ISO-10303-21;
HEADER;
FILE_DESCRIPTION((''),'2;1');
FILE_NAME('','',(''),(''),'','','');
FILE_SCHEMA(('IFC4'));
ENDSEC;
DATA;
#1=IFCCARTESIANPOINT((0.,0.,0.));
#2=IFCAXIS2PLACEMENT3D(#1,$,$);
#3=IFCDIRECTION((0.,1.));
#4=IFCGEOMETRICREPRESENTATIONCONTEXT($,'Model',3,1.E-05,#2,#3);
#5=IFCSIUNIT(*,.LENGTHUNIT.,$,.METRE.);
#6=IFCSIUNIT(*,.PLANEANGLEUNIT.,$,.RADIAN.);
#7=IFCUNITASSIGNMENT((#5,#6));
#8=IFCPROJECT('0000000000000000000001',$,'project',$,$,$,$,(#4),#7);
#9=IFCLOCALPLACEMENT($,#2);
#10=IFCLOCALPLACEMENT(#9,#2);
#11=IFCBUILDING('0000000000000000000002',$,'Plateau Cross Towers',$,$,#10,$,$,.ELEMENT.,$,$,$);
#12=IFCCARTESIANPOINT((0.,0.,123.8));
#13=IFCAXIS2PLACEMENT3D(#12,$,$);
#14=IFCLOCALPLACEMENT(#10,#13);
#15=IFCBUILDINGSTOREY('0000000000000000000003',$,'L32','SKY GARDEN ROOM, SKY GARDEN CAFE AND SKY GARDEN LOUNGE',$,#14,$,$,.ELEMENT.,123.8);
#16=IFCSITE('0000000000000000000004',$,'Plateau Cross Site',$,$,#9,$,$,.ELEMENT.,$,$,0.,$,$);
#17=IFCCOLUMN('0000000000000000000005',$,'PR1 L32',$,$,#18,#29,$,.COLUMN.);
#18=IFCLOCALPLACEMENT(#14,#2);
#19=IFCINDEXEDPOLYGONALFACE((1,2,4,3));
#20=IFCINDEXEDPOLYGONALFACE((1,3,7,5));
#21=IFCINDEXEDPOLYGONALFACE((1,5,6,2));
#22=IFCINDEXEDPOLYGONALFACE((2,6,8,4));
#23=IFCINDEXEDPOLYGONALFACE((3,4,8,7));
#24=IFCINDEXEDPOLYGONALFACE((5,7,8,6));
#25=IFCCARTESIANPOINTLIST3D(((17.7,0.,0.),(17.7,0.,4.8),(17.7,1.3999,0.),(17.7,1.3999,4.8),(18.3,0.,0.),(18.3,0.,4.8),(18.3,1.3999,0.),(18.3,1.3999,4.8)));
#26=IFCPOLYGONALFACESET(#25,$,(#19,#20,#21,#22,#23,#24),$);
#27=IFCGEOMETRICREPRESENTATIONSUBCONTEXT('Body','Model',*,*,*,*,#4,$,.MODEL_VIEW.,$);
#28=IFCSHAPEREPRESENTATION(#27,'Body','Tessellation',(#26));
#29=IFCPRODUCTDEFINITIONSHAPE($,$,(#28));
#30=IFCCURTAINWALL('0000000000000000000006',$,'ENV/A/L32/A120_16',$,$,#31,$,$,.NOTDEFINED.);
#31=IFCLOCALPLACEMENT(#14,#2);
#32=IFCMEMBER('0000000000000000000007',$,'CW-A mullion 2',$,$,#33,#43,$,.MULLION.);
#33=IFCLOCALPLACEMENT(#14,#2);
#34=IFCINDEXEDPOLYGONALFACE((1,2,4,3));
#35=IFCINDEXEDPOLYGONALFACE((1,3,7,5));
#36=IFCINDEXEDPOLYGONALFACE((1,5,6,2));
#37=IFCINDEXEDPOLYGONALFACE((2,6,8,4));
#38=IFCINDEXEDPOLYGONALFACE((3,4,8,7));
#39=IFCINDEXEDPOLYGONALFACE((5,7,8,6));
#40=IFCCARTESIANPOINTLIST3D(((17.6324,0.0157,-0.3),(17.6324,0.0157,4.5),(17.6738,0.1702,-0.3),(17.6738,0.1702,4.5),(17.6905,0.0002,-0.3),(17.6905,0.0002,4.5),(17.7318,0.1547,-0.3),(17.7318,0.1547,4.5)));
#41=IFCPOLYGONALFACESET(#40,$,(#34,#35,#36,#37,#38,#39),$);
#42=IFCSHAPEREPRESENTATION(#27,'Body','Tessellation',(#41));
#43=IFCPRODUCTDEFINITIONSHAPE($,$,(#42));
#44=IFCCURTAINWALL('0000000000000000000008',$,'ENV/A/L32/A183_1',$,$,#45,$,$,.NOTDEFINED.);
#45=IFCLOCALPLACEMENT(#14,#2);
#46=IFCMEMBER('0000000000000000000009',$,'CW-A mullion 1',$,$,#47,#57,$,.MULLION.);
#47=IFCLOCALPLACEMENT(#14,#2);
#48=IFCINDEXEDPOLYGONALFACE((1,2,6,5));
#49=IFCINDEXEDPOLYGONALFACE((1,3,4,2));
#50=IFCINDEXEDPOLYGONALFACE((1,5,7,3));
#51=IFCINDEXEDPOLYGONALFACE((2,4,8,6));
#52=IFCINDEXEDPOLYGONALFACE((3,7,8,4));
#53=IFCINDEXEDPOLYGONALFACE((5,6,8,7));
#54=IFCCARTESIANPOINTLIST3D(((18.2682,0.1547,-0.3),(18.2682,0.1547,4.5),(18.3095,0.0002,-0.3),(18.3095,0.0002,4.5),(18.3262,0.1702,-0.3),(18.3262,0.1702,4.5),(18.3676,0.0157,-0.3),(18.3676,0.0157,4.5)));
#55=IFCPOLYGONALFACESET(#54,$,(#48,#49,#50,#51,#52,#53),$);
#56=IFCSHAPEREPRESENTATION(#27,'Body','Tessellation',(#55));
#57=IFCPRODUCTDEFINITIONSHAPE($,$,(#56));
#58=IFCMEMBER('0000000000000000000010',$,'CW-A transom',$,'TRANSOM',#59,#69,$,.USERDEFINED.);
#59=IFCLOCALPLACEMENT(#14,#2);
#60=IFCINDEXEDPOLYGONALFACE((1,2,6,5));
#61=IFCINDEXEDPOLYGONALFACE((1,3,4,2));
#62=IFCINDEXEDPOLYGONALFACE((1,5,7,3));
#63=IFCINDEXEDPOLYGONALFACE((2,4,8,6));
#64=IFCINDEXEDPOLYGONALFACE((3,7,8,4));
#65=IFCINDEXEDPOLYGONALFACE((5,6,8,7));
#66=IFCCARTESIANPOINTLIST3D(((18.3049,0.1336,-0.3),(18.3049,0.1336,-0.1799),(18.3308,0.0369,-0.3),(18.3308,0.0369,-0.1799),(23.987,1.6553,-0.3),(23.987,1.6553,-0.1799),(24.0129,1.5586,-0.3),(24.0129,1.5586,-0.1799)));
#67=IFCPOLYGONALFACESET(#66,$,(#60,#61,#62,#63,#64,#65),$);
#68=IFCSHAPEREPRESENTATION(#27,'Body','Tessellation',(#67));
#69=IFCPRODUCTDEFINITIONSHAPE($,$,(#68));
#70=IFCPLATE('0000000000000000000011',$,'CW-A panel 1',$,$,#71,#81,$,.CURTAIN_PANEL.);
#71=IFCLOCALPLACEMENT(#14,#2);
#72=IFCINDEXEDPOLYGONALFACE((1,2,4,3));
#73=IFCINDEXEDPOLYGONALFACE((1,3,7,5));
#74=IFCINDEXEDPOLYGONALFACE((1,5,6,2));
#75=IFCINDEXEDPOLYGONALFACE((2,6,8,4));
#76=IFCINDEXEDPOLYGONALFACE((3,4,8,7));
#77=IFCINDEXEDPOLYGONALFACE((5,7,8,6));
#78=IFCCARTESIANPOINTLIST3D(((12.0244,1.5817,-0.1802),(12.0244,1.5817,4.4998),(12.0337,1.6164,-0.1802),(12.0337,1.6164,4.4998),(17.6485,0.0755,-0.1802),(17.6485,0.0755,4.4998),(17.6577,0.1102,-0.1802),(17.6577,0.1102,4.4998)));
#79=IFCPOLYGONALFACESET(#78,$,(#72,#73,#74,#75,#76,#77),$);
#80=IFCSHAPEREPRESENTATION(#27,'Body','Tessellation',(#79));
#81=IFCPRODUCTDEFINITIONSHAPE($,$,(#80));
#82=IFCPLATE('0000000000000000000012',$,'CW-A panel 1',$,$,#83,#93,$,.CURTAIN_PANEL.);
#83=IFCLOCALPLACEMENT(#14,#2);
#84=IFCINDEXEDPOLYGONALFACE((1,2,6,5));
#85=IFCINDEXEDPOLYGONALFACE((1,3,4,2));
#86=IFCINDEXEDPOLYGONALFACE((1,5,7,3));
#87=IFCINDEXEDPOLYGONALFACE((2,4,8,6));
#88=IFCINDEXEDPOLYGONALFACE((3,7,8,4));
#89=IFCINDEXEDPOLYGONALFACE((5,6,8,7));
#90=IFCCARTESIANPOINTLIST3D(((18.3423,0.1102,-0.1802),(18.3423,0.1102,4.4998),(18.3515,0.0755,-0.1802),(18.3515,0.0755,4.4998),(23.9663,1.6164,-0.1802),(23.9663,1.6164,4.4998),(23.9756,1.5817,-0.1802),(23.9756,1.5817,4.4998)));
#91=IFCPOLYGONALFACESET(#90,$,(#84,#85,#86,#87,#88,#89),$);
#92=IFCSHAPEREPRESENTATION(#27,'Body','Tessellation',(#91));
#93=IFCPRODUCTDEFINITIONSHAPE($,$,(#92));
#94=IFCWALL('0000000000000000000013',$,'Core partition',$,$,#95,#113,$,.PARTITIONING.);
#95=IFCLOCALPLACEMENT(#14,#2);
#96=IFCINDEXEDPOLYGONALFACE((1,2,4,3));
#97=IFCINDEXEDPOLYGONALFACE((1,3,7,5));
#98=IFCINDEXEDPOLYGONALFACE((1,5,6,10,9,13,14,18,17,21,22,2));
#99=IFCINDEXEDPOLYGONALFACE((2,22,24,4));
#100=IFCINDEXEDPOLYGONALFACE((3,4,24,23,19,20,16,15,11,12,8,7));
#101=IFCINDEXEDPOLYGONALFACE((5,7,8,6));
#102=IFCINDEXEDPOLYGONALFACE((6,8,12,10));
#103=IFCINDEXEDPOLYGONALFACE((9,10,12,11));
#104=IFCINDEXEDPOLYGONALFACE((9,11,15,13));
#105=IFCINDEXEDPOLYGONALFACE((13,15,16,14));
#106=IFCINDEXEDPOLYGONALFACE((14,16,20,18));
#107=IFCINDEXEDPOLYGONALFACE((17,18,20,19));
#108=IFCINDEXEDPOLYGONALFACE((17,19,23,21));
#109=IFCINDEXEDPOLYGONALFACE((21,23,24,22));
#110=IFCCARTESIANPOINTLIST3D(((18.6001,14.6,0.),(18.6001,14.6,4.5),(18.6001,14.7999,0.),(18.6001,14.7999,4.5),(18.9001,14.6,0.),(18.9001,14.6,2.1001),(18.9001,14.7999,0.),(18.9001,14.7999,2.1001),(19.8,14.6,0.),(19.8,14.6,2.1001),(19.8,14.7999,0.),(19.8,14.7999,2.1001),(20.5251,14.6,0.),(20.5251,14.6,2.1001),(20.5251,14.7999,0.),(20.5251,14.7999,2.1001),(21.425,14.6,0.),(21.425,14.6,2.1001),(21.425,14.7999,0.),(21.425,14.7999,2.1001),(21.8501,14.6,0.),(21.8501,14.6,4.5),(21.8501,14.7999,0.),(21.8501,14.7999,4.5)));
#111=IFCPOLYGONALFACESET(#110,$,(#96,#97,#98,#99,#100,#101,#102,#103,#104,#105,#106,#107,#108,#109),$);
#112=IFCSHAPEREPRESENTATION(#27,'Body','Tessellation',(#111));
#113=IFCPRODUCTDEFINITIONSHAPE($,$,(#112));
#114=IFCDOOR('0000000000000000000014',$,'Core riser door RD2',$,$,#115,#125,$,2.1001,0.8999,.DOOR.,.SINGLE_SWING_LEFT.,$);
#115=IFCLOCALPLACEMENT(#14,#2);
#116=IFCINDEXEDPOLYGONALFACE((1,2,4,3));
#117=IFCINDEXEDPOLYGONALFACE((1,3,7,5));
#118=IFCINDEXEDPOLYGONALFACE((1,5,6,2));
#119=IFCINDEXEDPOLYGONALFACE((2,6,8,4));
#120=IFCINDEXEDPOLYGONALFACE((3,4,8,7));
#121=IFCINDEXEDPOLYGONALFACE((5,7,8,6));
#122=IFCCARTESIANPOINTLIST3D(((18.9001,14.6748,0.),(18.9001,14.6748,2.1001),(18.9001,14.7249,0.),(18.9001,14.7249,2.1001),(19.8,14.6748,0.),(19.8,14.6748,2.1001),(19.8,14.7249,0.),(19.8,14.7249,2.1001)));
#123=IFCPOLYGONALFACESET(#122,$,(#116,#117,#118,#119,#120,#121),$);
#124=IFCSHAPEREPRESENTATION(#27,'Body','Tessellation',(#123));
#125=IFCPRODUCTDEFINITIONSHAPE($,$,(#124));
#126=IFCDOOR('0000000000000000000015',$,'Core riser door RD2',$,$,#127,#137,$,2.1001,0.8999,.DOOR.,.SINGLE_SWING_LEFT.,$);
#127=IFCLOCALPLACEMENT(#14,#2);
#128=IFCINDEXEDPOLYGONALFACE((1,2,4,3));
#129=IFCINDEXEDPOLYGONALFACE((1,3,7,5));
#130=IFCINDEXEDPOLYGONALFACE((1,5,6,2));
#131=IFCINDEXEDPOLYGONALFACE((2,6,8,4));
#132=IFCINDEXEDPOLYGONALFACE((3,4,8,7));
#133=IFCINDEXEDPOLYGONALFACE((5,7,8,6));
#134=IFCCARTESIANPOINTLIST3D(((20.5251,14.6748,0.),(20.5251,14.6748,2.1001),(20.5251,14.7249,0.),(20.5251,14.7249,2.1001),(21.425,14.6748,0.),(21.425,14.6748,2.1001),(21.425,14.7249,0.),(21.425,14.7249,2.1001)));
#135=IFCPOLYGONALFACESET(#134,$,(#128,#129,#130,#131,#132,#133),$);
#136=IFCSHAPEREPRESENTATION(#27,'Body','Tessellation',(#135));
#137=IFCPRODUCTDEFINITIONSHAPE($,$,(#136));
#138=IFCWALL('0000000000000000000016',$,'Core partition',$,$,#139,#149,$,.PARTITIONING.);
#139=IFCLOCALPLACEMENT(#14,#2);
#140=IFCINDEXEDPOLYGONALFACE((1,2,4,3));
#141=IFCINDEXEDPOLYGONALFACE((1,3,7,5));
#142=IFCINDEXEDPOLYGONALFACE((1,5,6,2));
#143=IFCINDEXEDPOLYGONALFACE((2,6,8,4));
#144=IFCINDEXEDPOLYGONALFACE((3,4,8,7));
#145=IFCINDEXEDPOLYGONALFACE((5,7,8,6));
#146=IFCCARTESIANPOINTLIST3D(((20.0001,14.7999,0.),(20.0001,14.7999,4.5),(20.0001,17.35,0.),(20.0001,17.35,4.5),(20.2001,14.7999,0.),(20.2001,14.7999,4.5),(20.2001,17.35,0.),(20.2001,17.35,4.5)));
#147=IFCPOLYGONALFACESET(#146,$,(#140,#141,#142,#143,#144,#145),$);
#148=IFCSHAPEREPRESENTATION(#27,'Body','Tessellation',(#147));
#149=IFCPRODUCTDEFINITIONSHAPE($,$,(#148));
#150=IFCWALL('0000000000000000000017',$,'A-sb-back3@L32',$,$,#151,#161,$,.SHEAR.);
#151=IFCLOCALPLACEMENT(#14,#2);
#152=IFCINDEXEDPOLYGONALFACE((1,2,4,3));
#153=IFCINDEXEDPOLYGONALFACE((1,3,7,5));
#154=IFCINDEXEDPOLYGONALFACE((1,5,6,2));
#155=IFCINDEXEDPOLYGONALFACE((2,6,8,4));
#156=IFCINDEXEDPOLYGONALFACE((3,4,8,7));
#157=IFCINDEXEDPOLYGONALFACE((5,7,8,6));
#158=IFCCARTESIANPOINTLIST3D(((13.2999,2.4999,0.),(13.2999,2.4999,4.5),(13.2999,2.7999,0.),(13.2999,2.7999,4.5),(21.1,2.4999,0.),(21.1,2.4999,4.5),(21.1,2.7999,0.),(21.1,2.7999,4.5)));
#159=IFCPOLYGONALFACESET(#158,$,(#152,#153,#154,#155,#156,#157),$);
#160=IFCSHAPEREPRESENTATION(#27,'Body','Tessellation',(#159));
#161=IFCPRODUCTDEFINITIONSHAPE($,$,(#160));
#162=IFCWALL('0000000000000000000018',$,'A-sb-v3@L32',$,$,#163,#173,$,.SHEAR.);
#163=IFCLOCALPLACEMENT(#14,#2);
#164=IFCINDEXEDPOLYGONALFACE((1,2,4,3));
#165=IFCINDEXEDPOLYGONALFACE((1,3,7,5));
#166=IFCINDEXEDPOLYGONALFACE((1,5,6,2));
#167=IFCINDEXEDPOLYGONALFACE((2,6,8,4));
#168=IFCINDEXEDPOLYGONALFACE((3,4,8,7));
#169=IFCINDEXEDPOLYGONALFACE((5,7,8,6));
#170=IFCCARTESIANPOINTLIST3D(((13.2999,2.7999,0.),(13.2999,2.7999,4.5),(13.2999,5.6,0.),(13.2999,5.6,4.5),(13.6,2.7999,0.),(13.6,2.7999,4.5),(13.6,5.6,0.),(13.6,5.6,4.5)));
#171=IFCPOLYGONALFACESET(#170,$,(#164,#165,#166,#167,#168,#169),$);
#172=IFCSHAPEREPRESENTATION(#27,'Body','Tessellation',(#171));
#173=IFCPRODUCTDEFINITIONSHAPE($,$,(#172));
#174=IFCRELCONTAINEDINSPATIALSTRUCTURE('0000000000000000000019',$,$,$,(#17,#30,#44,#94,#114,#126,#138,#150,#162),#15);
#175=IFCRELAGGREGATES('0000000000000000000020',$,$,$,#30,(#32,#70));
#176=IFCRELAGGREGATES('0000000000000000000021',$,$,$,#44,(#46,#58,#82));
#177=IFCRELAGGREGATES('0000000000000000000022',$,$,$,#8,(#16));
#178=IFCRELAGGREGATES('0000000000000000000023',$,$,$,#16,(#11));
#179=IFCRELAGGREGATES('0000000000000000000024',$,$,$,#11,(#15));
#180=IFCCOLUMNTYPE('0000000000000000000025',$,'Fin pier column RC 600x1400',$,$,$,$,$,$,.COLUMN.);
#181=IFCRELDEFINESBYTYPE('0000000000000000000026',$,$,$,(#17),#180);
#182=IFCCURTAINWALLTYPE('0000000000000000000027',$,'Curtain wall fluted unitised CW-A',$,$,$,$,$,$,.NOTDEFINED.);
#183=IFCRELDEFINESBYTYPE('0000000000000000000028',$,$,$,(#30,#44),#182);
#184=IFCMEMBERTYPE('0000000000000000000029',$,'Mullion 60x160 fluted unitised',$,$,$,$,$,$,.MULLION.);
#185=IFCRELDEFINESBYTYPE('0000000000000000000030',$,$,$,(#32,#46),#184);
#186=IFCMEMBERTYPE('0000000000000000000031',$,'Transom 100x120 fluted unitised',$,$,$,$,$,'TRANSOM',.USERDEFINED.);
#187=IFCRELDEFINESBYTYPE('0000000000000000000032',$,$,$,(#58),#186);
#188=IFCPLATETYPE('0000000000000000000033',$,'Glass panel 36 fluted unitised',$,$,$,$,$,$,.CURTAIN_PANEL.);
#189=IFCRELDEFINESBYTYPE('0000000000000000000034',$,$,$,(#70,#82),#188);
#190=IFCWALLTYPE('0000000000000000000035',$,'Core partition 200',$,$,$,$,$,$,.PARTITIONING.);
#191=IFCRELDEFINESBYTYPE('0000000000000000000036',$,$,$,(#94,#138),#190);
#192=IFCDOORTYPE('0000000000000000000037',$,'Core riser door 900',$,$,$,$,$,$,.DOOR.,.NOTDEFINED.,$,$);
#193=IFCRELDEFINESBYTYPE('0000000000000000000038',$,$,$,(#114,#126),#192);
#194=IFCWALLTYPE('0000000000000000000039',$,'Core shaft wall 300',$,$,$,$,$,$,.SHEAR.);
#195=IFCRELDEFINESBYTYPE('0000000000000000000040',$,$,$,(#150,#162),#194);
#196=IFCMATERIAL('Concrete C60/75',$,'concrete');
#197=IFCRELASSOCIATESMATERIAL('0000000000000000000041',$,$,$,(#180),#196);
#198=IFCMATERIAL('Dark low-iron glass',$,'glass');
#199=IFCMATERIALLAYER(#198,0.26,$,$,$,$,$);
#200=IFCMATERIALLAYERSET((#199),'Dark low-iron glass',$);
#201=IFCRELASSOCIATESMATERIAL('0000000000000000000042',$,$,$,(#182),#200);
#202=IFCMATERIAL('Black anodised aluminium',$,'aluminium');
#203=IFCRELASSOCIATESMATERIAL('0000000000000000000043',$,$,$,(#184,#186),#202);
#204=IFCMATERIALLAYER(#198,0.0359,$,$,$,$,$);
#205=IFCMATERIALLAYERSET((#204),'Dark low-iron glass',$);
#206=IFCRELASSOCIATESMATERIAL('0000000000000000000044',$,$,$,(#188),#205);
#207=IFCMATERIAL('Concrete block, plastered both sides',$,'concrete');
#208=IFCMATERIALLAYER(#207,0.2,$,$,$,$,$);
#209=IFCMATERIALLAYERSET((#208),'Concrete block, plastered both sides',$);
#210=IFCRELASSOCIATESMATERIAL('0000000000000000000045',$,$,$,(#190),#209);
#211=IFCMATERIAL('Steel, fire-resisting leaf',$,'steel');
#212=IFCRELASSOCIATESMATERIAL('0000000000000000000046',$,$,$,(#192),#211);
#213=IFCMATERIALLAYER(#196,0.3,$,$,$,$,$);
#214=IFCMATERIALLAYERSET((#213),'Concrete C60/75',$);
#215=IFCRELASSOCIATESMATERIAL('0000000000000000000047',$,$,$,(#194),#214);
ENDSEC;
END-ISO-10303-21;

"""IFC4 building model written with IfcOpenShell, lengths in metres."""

from ifc_helpers import new_model, si_unit, direction, frame, frame_2d, origin, origin_2d, place, context, subcontext, project, spatial, rectangle, extrude, material, layer, layer_set, material_profile, profile_set, type_object, element, fill, aggregate, save


model = new_model("IFC4")

# Units and contexts
model_context = context("Model", 3, precision=1e-05, world=origin(), true_north=direction((0.0, 1.0)))
body_context = subcontext(model_context, "Body", "Model", "MODEL_VIEW")
ifc_project = project(units=[si_unit("LENGTHUNIT", "METRE"), si_unit("PLANEANGLEUNIT", "RADIAN")], contexts=[model_context])

# Site, building, storey
site_placement = place(None, origin())
site = spatial("IfcSite", under=ifc_project, at=site_placement, Name="Plateau Cross Site", CompositionType="ELEMENT", RefElevation=0.0)
building_placement = place(site_placement, origin())
building = spatial("IfcBuilding", under=site, at=building_placement, Name="Plateau Cross Towers", CompositionType="ELEMENT")
storey_placement = place(building_placement, frame((0.0, 0.0, 123.8)))
storey = spatial("IfcBuildingStorey", under=building, at=storey_placement, Name="L32", Description="SKY GARDEN ROOM, SKY GARDEN CAFE AND SKY GARDEN LOUNGE", CompositionType="ELEMENT", Elevation=123.8)

# Column
ifc_material_1 = material(Name="Concrete C60/75", Category="concrete")
ifc_material_profile_1 = material_profile(ifc_material_1, rectangle(XDim=0.6001, YDim=1.3999, at=origin_2d()), Name="RC 600x1400")
ifc_profile_set_1 = profile_set([ifc_material_profile_1], Name="Concrete C60/75")
column_type = type_object("IfcColumnType", Name="Fin pier column RC 600x1400", PredefinedType="COLUMN", material=ifc_profile_set_1)
column_placement = place(storey_placement, frame((18.0, 0.7, 0.0), z_axis=(0.0, 0.0, 1.0), x_axis=(1.0, 0.0, 0.0)))
element("IfcColumn", 1, at=column_placement, inside=storey, type_object=column_type, Name="PR1 L32", PredefinedType="COLUMN", context=body_context, shape_type="SweptSolid", body=[
    extrude(rectangle(XDim=0.6001, YDim=1.3999, at=origin_2d()), origin(), (0.0, 0.0, 1.0), 4.8),
])

# Curtain wall, member
ifc_material_2 = material(Name="Dark low-iron glass", Category="glass")
ifc_layer_1 = layer(ifc_material_2, 0.26)
ifc_layer_set_1 = layer_set([ifc_layer_1], Name="Dark low-iron glass")
curtain_wall_type = type_object("IfcCurtainWallType", Name="Curtain wall fluted unitised CW-A", PredefinedType="NOTDEFINED", material=ifc_layer_set_1)
curtain_wall_1_placement = place(storey_placement, origin())
curtain_wall_1 = element("IfcCurtainWall", 2, at=curtain_wall_1_placement, inside=storey, type_object=curtain_wall_type, Name="ENV/A/L32/A120_16", PredefinedType="NOTDEFINED")
ifc_material_3 = material(Name="Black anodised aluminium", Category="aluminium")
ifc_material_profile_2 = material_profile(ifc_material_3, rectangle(XDim=0.0601, YDim=0.1599, at=origin_2d()), Name="MULLION 60x160")
ifc_profile_set_2 = profile_set([ifc_material_profile_2], Name="Black anodised aluminium")
member_type_1 = type_object("IfcMemberType", Name="Mullion 60x160 fluted unitised", PredefinedType="MULLION", material=ifc_profile_set_2)
member_1_placement = place(storey_placement, frame((17.6821, 0.0852, -0.3), z_axis=(0.0, 0.0, 1.0), x_axis=(0.965958, -0.258699, 0.0)))
member_1 = element("IfcMember", 3, at=member_1_placement, type_object=member_type_1, Name="CW-A mullion 2", PredefinedType="MULLION", context=body_context, shape_type="SweptSolid", body=[
    extrude(rectangle(XDim=0.0601, YDim=0.1599, at=origin_2d()), origin(), (0.0, 0.0, 1.0), 4.8),
])

# Curtain wall, members
curtain_wall_2_placement = place(storey_placement, origin())
curtain_wall_2 = element("IfcCurtainWall", 4, at=curtain_wall_2_placement, inside=storey, type_object=curtain_wall_type, Name="ENV/A/L32/A183_1", PredefinedType="NOTDEFINED")
member_2_placement = place(storey_placement, frame((18.3179, 0.0852, -0.3), z_axis=(0.0, 0.0, 1.0), x_axis=(0.965958, 0.258699, 0.0)))
member_2 = element("IfcMember", 5, at=member_2_placement, type_object=member_type_1, Name="CW-A mullion 1", PredefinedType="MULLION", context=body_context, shape_type="SweptSolid", body=[
    extrude(rectangle(XDim=0.0601, YDim=0.1599, at=origin_2d()), origin(), (0.0, 0.0, 1.0), 4.8),
])
ifc_material_profile_3 = material_profile(ifc_material_3, rectangle(XDim=0.1001, YDim=0.1201, at=origin_2d()), Name="TRANSOM 100x120")
ifc_profile_set_3 = profile_set([ifc_material_profile_3], Name="Black anodised aluminium")
member_type_2 = type_object("IfcMemberType", Name="Transom 100x120 fluted unitised", ElementType="TRANSOM", PredefinedType="USERDEFINED", material=ifc_profile_set_3)
member_3_placement = place(storey_placement, frame((18.3179, 0.0852, -0.24), z_axis=(0.96596, 0.258693, 0.0), x_axis=(-0.258693, 0.96596, 0.0)))
member_3 = element("IfcMember", 6, at=member_3_placement, type_object=member_type_2, Name="CW-A transom", ObjectType="TRANSOM", PredefinedType="USERDEFINED", context=body_context, shape_type="SweptSolid", body=[
    extrude(rectangle(XDim=0.1001, YDim=0.1201, at=origin_2d()), origin(), (0.0, 0.0, 1.0), 5.8823),
])

# Plates
ifc_layer_2 = layer(ifc_material_2, 0.0359)
ifc_layer_set_2 = layer_set([ifc_layer_2], Name="Dark low-iron glass")
plate_type = type_object("IfcPlateType", Name="Glass panel 36 fluted unitised", PredefinedType="CURTAIN_PANEL", material=ifc_layer_set_2)
plate_1_placement = place(storey_placement, frame((14.8411, 0.8459, -0.1802), z_axis=(0.0, 0.0, 1.0), x_axis=(0.965958, -0.258699, 0.0)))
plate_1 = element("IfcPlate", 7, at=plate_1_placement, type_object=plate_type, Name="CW-A panel 1", PredefinedType="CURTAIN_PANEL", context=body_context, shape_type="SweptSolid", body=[
    extrude(rectangle(XDim=5.8223, YDim=0.0359, at=origin_2d()), origin(), (0.0, 0.0, 1.0), 4.6799),
])
aggregate(curtain_wall_1, [member_1, plate_1])
plate_2_placement = place(storey_placement, frame((21.1589, 0.8459, -0.1802), z_axis=(0.0, 0.0, 1.0), x_axis=(0.965958, 0.258699, 0.0)))
plate_2 = element("IfcPlate", 8, at=plate_2_placement, type_object=plate_type, Name="CW-A panel 1", PredefinedType="CURTAIN_PANEL", context=body_context, shape_type="SweptSolid", body=[
    extrude(rectangle(XDim=5.8223, YDim=0.0359, at=origin_2d()), origin(), (0.0, 0.0, 1.0), 4.6799),
])
aggregate(curtain_wall_2, [member_2, member_3, plate_2])

# Wall, openings, doors
ifc_material_4 = material(Name="Concrete block, plastered both sides", Category="concrete")
ifc_layer_3 = layer(ifc_material_4, 0.2)
ifc_layer_set_3 = layer_set([ifc_layer_3], Name="Concrete block, plastered both sides")
wall_type_1 = type_object("IfcWallType", Name="Core partition 200", PredefinedType="PARTITIONING", material=ifc_layer_set_3)
wall_1_placement = place(storey_placement, frame((18.6001, 14.7, 0.0), z_axis=(0.0, 0.0, 1.0), x_axis=(1.0, 0.0, 0.0)))
wall_1 = element("IfcWall", 9, at=wall_1_placement, inside=storey, type_object=wall_type_1, Name="Core partition", PredefinedType="PARTITIONING", context=body_context, shape_type="SweptSolid", body=[
    extrude(rectangle(XDim=3.25, YDim=0.2, at=frame_2d((1.625, 0.0))), origin(), (0.0, 0.0, 1.0), 4.5),
])
opening_1_placement = place(wall_1_placement, frame((0.3, 0.0, 0.0)))
opening_1 = element("IfcOpeningElement", 10, at=opening_1_placement, cuts=wall_1, PredefinedType="OPENING", context=body_context, shape_type="SweptSolid", body=[
    extrude(rectangle(XDim=0.8999, YDim=2.1001, at=frame_2d((0.45, 1.05))), frame((0.0, 0.1099, 0.0), z_axis=(0.0, -1.0, 0.0), x_axis=(1.0, 0.0, 0.0)), (0.0, 0.0, 1.0), 0.22),
])
opening_2_placement = place(wall_1_placement, frame((1.925, 0.0, 0.0)))
opening_2 = element("IfcOpeningElement", 11, at=opening_2_placement, cuts=wall_1, PredefinedType="OPENING", context=body_context, shape_type="SweptSolid", body=[
    extrude(rectangle(XDim=0.8999, YDim=2.1001, at=frame_2d((0.45, 1.05))), frame((0.0, 0.1099, 0.0), z_axis=(0.0, -1.0, 0.0), x_axis=(1.0, 0.0, 0.0)), (0.0, 0.0, 1.0), 0.22),
])
ifc_material_5 = material(Name="Steel, fire-resisting leaf", Category="steel")
door_type_1 = type_object("IfcDoorType", Name="Core riser door 900", OperationType="NOTDEFINED", PredefinedType="DOOR", material=ifc_material_5)
door_1_placement = place(opening_1_placement, origin())
door_1 = element("IfcDoor", 12, at=door_1_placement, inside=storey, type_object=door_type_1, Name="Core riser door RD2", OperationType="SINGLE_SWING_LEFT", OverallHeight=2.1001, OverallWidth=0.8999, PredefinedType="DOOR", context=body_context, shape_type="SweptSolid", body=[
    extrude(rectangle(XDim=0.8999, YDim=2.1001, at=frame_2d((0.45, 1.05))), frame((0.0, 0.0249, 0.0), z_axis=(0.0, -1.0, 0.0), x_axis=(1.0, 0.0, 0.0)), (0.0, 0.0, 1.0), 0.05),
])
fill(opening_1, door_1)
door_2_placement = place(opening_2_placement, origin())
door_2 = element("IfcDoor", 13, at=door_2_placement, inside=storey, type_object=door_type_1, Name="Core riser door RD2", OperationType="SINGLE_SWING_LEFT", OverallHeight=2.1001, OverallWidth=0.8999, PredefinedType="DOOR", context=body_context, shape_type="SweptSolid", body=[
    extrude(rectangle(XDim=0.8999, YDim=2.1001, at=frame_2d((0.45, 1.05))), frame((0.0, 0.0249, 0.0), z_axis=(0.0, -1.0, 0.0), x_axis=(1.0, 0.0, 0.0)), (0.0, 0.0, 1.0), 0.05),
])
fill(opening_2, door_2)

# Walls
wall_2_placement = place(storey_placement, frame((20.1001, 14.8, 0.0), z_axis=(0.0, 0.0, 1.0), x_axis=(0.0, 1.0, 0.0)))
element("IfcWall", 14, at=wall_2_placement, inside=storey, type_object=wall_type_1, Name="Core partition", PredefinedType="PARTITIONING", context=body_context, shape_type="SweptSolid", body=[
    extrude(rectangle(XDim=2.55, YDim=0.2, at=frame_2d((1.2749, 0.0))), origin(), (0.0, 0.0, 1.0), 4.5),
])
ifc_layer_4 = layer(ifc_material_1, 0.3)
ifc_layer_set_4 = layer_set([ifc_layer_4], Name="Concrete C60/75")
wall_type_2 = type_object("IfcWallType", Name="Core shaft wall 300", PredefinedType="SHEAR", material=ifc_layer_set_4)
wall_3_placement = place(storey_placement, frame((13.3, 2.6499, 0.0), z_axis=(0.0, 0.0, 1.0), x_axis=(1.0, 0.0, 0.0)))
element("IfcWall", 15, at=wall_3_placement, inside=storey, type_object=wall_type_2, Name="A-sb-back3@L32", PredefinedType="SHEAR", context=body_context, shape_type="SweptSolid", body=[
    extrude(rectangle(XDim=7.8, YDim=0.3, at=frame_2d((3.8999, 0.0))), origin(), (0.0, 0.0, 1.0), 4.5),
])
for number, where, z_axis, x_axis, name in (
    (16, (13.45, 2.8, 0.0), (0.0, 0.0, 1.0), (0.0, 1.0, 0.0), "A-sb-v3@L32"),
):
    element("IfcWall", number, at=place(storey_placement, frame(where, z_axis=z_axis, x_axis=x_axis)), inside=storey, type_object=wall_type_2, Name=name, PredefinedType="SHEAR", context=body_context, shape_type="SweptSolid", body=[
        extrude(rectangle(XDim=2.8, YDim=0.3, at=frame_2d((1.3999, 0.0))), origin(), (0.0, 0.0, 1.0), 4.5),
    ])

save(model, "model.ifc")
